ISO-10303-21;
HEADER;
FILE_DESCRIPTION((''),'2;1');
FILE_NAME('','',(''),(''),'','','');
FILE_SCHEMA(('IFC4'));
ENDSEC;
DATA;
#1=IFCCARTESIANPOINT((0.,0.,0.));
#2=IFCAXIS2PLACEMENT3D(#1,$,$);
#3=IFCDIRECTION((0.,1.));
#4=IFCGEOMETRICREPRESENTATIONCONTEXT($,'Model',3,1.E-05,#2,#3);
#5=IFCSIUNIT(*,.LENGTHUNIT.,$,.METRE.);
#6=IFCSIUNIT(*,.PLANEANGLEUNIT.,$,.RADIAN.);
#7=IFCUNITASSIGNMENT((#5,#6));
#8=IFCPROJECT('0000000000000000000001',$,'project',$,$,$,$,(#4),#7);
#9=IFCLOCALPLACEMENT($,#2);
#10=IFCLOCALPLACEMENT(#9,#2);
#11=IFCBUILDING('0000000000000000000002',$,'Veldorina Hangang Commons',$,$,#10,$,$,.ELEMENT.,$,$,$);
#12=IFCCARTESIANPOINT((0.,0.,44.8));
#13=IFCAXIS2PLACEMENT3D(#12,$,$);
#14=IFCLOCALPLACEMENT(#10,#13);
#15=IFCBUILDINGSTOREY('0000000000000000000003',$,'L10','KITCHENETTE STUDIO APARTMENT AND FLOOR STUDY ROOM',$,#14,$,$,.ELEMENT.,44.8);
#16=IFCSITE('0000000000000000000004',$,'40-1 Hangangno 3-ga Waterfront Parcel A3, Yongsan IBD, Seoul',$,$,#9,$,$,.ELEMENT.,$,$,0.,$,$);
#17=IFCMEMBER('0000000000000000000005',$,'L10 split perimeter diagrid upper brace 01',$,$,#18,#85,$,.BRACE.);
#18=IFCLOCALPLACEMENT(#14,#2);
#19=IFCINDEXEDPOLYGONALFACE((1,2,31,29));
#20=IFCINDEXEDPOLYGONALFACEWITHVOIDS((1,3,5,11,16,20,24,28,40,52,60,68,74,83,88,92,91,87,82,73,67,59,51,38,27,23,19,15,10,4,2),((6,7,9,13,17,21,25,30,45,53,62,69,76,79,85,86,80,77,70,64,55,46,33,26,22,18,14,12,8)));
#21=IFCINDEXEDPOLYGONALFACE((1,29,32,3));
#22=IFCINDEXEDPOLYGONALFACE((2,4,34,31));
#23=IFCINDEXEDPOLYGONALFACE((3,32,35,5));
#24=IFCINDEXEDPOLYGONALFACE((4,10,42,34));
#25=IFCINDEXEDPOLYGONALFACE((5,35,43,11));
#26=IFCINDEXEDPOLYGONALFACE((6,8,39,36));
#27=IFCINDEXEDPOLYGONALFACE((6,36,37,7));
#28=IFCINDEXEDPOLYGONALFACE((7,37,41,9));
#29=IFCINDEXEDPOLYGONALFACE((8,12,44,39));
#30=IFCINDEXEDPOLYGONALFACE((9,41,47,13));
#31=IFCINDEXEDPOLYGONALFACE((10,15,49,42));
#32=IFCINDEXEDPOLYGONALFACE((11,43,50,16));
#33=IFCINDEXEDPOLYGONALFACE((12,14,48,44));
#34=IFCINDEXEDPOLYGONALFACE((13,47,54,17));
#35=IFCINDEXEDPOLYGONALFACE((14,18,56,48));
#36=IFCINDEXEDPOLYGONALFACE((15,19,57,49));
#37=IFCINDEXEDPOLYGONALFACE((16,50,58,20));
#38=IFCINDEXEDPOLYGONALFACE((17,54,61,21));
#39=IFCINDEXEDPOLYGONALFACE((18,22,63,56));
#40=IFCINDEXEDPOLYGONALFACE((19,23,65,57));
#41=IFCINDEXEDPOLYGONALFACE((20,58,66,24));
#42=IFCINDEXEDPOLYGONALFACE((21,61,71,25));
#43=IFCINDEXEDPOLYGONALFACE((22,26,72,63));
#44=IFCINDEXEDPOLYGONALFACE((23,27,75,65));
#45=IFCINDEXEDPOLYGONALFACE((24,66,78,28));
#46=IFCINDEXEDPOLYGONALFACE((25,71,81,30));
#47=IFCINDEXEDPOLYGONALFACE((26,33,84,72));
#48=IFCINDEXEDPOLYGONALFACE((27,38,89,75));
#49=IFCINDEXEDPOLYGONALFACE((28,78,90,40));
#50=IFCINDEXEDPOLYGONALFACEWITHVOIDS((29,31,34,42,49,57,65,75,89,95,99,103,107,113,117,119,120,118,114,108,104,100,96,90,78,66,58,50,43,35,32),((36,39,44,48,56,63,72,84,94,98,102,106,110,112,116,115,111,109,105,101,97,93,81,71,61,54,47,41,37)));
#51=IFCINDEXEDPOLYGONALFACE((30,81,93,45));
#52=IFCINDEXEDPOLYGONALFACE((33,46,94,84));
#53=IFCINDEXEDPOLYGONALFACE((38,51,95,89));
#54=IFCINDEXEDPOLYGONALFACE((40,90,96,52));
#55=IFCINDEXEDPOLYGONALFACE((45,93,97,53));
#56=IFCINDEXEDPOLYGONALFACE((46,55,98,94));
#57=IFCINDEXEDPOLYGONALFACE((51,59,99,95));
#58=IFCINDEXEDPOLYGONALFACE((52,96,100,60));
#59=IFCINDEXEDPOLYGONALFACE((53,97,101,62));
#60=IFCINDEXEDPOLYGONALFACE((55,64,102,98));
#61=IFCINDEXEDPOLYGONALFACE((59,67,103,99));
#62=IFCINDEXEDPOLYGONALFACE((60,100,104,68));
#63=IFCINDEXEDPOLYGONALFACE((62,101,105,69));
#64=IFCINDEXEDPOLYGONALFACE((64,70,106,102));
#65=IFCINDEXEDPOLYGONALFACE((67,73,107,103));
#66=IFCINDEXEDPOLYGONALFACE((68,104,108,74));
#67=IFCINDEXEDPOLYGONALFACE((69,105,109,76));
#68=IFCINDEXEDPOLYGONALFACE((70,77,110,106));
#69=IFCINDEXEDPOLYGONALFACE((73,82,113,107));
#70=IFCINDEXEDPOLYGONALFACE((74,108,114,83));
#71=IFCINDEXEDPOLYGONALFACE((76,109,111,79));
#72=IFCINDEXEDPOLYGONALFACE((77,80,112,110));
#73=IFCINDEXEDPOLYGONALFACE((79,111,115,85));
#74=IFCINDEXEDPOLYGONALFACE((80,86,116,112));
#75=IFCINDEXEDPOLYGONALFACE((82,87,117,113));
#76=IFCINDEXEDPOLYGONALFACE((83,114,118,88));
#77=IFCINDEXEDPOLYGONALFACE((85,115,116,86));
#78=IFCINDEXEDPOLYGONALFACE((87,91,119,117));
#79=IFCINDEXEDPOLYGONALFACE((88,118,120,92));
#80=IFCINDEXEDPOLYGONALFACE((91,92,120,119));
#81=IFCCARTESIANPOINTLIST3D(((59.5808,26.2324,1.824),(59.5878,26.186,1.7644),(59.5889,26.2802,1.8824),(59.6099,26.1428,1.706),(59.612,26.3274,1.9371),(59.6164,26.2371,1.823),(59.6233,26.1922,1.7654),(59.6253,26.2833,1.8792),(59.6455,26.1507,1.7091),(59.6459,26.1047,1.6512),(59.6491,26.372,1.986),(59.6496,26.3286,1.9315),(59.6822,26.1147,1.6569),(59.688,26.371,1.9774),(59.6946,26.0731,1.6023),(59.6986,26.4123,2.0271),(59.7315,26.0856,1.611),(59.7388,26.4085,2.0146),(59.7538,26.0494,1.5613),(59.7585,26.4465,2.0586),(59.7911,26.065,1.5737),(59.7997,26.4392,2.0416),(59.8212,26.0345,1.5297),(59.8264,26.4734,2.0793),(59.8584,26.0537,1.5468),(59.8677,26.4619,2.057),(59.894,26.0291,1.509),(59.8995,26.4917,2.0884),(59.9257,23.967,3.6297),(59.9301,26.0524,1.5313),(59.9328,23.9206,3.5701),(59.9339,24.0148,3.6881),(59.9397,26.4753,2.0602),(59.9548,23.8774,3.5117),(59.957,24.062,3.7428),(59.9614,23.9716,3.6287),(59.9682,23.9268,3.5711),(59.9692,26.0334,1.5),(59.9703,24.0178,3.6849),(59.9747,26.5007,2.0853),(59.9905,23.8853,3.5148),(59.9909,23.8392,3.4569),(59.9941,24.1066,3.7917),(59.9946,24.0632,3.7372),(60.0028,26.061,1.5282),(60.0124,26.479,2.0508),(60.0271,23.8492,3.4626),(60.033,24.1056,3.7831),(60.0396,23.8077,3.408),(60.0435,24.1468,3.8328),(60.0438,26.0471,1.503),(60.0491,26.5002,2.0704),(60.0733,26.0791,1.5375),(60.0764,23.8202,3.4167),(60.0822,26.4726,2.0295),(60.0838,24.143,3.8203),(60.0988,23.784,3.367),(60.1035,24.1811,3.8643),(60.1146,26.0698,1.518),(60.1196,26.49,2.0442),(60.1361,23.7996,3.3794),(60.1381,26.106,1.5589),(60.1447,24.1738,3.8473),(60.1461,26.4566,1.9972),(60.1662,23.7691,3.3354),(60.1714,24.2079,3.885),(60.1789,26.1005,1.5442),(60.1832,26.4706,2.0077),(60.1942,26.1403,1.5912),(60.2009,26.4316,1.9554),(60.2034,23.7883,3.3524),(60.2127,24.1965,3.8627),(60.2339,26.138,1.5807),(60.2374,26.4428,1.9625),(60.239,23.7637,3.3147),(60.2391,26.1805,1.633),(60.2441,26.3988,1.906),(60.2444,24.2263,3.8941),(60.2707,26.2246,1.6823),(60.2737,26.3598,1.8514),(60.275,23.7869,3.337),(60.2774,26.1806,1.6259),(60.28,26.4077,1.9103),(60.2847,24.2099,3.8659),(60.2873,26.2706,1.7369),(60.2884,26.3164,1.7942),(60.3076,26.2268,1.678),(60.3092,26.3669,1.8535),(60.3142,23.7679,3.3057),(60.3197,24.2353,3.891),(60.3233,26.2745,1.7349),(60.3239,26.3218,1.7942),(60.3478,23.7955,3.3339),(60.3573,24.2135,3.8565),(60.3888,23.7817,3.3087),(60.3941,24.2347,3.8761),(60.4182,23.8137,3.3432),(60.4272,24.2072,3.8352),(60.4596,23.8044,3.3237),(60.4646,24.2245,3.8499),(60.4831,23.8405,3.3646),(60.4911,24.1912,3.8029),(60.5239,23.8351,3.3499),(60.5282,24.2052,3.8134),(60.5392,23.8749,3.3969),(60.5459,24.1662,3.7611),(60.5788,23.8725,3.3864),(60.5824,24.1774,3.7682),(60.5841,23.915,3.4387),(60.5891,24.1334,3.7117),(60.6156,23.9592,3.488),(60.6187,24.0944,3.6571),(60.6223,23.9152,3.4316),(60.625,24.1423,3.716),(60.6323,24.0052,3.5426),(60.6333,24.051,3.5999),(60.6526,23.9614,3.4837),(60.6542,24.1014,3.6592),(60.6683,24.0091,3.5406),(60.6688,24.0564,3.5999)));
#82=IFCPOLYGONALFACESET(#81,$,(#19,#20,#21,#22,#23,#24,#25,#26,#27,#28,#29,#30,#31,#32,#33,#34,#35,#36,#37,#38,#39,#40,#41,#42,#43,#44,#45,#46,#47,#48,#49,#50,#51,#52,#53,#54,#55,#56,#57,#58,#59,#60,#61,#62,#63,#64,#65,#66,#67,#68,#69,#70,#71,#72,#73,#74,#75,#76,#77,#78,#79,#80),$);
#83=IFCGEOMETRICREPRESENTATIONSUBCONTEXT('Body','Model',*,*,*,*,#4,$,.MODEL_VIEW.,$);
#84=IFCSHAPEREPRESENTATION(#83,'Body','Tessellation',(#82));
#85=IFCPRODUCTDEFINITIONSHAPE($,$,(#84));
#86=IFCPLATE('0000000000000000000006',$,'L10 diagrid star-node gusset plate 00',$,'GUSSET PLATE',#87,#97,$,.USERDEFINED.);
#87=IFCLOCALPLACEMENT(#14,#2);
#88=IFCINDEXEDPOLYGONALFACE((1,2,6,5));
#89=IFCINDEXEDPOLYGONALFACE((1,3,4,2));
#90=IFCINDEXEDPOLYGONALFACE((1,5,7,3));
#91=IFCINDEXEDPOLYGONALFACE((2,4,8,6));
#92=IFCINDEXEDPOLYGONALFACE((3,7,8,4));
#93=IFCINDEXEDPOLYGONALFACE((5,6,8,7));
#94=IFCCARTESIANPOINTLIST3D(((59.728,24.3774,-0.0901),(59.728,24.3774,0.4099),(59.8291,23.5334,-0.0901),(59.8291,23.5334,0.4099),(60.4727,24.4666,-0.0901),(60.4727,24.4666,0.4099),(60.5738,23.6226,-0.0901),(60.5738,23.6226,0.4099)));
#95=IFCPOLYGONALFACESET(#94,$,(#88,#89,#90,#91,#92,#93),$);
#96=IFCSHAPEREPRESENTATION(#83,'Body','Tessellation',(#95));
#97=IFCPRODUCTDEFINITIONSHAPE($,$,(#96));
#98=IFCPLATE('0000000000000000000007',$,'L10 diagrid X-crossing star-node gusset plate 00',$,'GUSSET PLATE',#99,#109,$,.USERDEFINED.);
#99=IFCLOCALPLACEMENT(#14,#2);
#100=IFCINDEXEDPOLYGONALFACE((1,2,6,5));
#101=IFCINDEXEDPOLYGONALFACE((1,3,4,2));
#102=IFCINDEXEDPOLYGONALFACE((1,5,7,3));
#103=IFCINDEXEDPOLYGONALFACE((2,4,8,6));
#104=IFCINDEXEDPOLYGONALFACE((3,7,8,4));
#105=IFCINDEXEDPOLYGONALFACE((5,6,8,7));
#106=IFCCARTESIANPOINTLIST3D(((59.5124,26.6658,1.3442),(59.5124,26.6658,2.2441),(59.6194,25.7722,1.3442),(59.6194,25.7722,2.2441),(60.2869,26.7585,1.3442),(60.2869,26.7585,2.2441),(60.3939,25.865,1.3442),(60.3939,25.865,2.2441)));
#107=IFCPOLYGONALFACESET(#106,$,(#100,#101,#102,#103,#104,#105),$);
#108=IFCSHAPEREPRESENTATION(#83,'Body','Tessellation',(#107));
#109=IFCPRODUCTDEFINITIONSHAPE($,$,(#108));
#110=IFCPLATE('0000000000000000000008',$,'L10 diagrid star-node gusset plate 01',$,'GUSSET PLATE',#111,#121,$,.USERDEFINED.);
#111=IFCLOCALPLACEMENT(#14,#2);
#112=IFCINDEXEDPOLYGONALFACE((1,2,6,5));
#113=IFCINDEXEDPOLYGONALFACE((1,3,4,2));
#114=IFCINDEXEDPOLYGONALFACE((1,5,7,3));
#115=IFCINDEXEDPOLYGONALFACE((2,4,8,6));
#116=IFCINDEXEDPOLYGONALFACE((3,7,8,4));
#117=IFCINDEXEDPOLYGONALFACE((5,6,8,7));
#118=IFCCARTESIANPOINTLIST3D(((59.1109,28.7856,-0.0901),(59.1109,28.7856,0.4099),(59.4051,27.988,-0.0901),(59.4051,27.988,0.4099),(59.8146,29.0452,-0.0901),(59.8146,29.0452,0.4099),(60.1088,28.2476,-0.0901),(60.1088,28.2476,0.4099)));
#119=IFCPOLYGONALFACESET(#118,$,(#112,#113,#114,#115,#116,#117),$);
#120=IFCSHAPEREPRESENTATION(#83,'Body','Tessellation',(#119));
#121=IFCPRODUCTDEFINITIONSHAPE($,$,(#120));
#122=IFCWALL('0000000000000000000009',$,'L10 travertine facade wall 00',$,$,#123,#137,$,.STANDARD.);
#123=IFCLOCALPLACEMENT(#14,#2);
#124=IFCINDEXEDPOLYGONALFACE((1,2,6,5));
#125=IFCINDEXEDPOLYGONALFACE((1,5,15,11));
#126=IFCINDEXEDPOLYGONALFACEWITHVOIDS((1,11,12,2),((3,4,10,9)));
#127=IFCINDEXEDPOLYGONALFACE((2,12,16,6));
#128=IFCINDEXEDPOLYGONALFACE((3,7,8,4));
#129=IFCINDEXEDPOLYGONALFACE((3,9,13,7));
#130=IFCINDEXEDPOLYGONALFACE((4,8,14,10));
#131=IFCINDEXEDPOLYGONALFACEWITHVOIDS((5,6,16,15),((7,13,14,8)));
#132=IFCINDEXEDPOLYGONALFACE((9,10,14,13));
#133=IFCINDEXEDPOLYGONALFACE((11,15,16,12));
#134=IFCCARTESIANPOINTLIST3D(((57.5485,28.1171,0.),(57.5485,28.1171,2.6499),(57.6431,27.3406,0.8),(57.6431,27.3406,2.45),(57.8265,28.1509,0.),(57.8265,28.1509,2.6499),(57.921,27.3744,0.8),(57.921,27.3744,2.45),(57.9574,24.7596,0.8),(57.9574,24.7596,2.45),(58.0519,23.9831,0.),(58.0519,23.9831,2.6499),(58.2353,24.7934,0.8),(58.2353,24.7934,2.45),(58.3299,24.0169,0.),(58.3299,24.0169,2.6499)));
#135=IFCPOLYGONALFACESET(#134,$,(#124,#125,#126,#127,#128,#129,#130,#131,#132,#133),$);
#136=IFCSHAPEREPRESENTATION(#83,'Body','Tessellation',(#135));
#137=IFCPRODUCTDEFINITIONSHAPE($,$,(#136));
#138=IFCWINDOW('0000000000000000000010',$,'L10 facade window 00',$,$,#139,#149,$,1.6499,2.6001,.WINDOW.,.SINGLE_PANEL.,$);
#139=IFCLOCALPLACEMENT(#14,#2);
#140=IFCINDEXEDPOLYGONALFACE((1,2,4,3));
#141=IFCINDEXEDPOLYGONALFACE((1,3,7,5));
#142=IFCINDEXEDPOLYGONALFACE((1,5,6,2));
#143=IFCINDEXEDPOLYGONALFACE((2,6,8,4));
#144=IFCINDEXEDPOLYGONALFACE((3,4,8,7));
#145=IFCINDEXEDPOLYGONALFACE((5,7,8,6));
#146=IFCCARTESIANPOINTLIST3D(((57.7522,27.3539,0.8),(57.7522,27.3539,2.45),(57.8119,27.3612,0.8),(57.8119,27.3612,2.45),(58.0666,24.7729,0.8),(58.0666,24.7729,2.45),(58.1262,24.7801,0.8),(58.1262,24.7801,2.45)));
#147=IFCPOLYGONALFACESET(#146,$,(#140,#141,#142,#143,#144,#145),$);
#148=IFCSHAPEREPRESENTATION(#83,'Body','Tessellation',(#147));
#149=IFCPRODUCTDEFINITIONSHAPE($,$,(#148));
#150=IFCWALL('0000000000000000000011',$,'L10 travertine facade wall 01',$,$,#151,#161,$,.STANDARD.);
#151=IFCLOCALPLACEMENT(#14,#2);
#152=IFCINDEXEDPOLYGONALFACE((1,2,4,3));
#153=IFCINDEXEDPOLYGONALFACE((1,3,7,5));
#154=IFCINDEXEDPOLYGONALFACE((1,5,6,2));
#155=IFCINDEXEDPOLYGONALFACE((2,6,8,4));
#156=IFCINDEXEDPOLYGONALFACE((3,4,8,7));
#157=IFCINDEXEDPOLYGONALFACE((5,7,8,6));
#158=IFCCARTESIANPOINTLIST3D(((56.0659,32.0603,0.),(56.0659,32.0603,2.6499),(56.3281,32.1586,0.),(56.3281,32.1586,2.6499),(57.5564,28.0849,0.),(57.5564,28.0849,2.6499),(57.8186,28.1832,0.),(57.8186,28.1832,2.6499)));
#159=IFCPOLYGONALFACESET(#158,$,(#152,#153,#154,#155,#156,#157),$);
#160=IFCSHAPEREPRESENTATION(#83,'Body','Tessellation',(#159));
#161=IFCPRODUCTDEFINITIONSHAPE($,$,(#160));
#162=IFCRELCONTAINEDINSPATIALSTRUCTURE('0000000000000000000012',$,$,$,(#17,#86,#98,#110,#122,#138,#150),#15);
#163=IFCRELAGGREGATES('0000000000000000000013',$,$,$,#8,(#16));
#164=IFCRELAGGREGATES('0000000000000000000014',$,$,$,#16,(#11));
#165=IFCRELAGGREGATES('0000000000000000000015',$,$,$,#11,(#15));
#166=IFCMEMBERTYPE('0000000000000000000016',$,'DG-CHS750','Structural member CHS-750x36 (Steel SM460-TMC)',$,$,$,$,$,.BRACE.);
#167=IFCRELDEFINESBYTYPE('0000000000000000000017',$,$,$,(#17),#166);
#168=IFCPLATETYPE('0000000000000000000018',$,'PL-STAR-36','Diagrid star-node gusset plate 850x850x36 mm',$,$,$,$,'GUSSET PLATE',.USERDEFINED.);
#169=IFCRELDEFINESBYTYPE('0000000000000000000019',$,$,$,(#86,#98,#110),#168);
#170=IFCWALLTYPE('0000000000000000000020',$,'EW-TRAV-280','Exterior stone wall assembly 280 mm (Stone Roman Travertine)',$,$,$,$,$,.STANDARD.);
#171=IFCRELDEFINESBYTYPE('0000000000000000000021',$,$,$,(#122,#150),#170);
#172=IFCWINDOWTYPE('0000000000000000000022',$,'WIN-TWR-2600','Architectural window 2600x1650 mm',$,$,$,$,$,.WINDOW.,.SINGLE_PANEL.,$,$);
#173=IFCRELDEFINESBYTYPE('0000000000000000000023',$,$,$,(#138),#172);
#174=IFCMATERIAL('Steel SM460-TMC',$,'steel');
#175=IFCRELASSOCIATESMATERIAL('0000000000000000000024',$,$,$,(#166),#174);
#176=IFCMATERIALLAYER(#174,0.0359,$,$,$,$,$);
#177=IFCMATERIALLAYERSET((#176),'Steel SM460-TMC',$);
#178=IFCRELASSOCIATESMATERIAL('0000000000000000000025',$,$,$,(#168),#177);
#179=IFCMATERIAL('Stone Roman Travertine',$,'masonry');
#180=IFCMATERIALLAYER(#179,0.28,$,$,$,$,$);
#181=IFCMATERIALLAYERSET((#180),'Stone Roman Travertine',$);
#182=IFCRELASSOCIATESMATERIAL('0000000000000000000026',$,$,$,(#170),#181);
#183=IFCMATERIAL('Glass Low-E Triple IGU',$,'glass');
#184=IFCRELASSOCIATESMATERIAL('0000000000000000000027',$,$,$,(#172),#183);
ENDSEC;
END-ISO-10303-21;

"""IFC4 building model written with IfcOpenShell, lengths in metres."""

from ifc_helpers import new_model, si_unit, direction, frame, frame_2d, origin, origin_2d, place, context, subcontext, project, spatial, rectangle, hollow_circle, extrude, material, layer, layer_set, material_profile, profile_set, type_object, element, fill, save


model = new_model("IFC4")

# Units and contexts
model_context = context("Model", 3, precision=1e-05, world=origin(), true_north=direction((0.0, 1.0)))
body_context = subcontext(model_context, "Body", "Model", "MODEL_VIEW")
ifc_project = project(units=[si_unit("LENGTHUNIT", "METRE"), si_unit("PLANEANGLEUNIT", "RADIAN")], contexts=[model_context])

# Site, building, storey
site_placement = place(None, origin())
site = spatial("IfcSite", under=ifc_project, at=site_placement, Name="40-1 Hangangno 3-ga Waterfront Parcel A3, Yongsan IBD, Seoul", CompositionType="ELEMENT", RefElevation=0.0)
building_placement = place(site_placement, origin())
building = spatial("IfcBuilding", under=site, at=building_placement, Name="Veldorina Hangang Commons", CompositionType="ELEMENT")
storey_placement = place(building_placement, frame((0.0, 0.0, 44.8)))
storey = spatial("IfcBuildingStorey", under=building, at=storey_placement, Name="L10", Description="KITCHENETTE STUDIO APARTMENT AND FLOOR STUDY ROOM", CompositionType="ELEMENT", Elevation=44.8)

# Shared definitions
ifc_material_1 = material(Name="Steel SM460-TMC", Category="steel")

# Member
ifc_material_profile_1 = material_profile(ifc_material_1, hollow_circle(Radius=0.375, WallThickness=0.0359, at=origin_2d()), Name="CHS-750x36")
ifc_profile_set_1 = profile_set([ifc_material_profile_1], Name="Steel SM460-TMC")
member_type = type_object("IfcMemberType", Name="DG-CHS750", Description="Structural member CHS-750x36 (Steel SM460-TMC)", PredefinedType="BRACE", material=ifc_profile_set_1)
member_1_placement = place(storey_placement, frame((59.9531, 26.2654, 1.7942), z_axis=(0.118245, -0.7765, 0.618924), x_axis=(0.988603, 0.150544, 0.0)))
element("IfcMember", 1, at=member_1_placement, inside=storey, type_object=member_type, Name="L10 split perimeter diagrid upper brace 01", PredefinedType="BRACE", context=body_context, shape_type="SweptSolid", body=[
    extrude(hollow_circle(Radius=0.375, WallThickness=0.0359, at=origin_2d()), origin(), (0.0, 0.0, 1.0), 2.9175),
])

# Plates
ifc_layer_1 = layer(ifc_material_1, 0.0359)
ifc_layer_set_1 = layer_set([ifc_layer_1], Name="Steel SM460-TMC")
plate_type = type_object("IfcPlateType", Name="PL-STAR-36", Description="Diagrid star-node gusset plate 850x850x36 mm", ElementType="GUSSET PLATE", PredefinedType="USERDEFINED", material=ifc_layer_set_1)
plate_1_placement = place(storey_placement, frame((60.1509, 24.0, -0.0901), z_axis=(0.0, 0.0, 1.0), x_axis=(-0.118907, 0.992905, 0.0)))
element("IfcPlate", 2, at=plate_1_placement, inside=storey, type_object=plate_type, Name="L10 diagrid star-node gusset plate 00", ObjectType="GUSSET PLATE", PredefinedType="USERDEFINED", context=body_context, shape_type="SweptSolid", body=[
    extrude(rectangle(XDim=0.8501, YDim=0.75, at=origin_2d()), origin(), (0.0, 0.0, 1.0), 0.5),
])
plate_2_placement = place(storey_placement, frame((59.9531, 26.2654, 1.3442), z_axis=(0.0, 0.0, 1.0), x_axis=(-0.118907, 0.992905, 0.0)))
element("IfcPlate", 3, at=plate_2_placement, inside=storey, type_object=plate_type, Name="L10 diagrid X-crossing star-node gusset plate 00", ObjectType="GUSSET PLATE", PredefinedType="USERDEFINED", context=body_context, shape_type="SweptSolid", body=[
    extrude(rectangle(XDim=0.8999, YDim=0.78, at=origin_2d()), origin(), (0.0, 0.0, 1.0), 0.8999),
])
plate_3_placement = place(storey_placement, frame((59.6099, 28.5166, -0.0901), z_axis=(0.0, 0.0, 1.0), x_axis=(-0.346084, 0.938203, 0.0)))
element("IfcPlate", 4, at=plate_3_placement, inside=storey, type_object=plate_type, Name="L10 diagrid star-node gusset plate 01", ObjectType="GUSSET PLATE", PredefinedType="USERDEFINED", context=body_context, shape_type="SweptSolid", body=[
    extrude(rectangle(XDim=0.8501, YDim=0.75, at=origin_2d()), origin(), (0.0, 0.0, 1.0), 0.5),
])

# Wall, opening, window
ifc_material_2 = material(Name="Stone Roman Travertine", Category="masonry")
ifc_layer_2 = layer(ifc_material_2, 0.28)
ifc_layer_set_2 = layer_set([ifc_layer_2], Name="Stone Roman Travertine")
wall_type_1 = type_object("IfcWallType", Name="EW-TRAV-280", Description="Exterior stone wall assembly 280 mm (Stone Roman Travertine)", PredefinedType="STANDARD", material=ifc_layer_set_2)
wall_1_placement = place(storey_placement, frame((58.1909, 24.0, 0.0), z_axis=(0.0, 0.0, 1.0), x_axis=(-0.120881, 0.992667, 0.0)))
wall_1 = element("IfcWall", 5, at=wall_1_placement, inside=storey, type_object=wall_type_1, Name="L10 travertine facade wall 00", PredefinedType="STANDARD", context=body_context, shape_type="SweptSolid", body=[
    extrude(rectangle(XDim=4.1646, YDim=0.28, at=frame_2d((2.0823, 0.0))), origin(), (0.0, 0.0, 1.0), 2.6499),
])
opening_1_placement = place(wall_1_placement, frame((0.7822, 0.0, 0.8)))
opening_1 = element("IfcOpeningElement", 6, at=opening_1_placement, cuts=wall_1, PredefinedType="OPENING", context=body_context, shape_type="SweptSolid", body=[
    extrude(rectangle(XDim=2.6001, YDim=1.6499, at=frame_2d((1.3, 0.825))), frame((0.0, 0.1499, 0.0), z_axis=(0.0, -1.0, 0.0), x_axis=(1.0, 0.0, 0.0)), (0.0, 0.0, 1.0), 0.3),
])
ifc_material_3 = material(Name="Glass Low-E Triple IGU", Category="glass")
window_type = type_object("IfcWindowType", Name="WIN-TWR-2600", Description="Architectural window 2600x1650 mm", PartitioningType="SINGLE_PANEL", PredefinedType="WINDOW", material=ifc_material_3)
window_1_placement = place(opening_1_placement, origin())
window_1 = element("IfcWindow", 7, at=window_1_placement, inside=storey, type_object=window_type, Name="L10 facade window 00", OverallHeight=1.6499, OverallWidth=2.6001, PartitioningType="SINGLE_PANEL", PredefinedType="WINDOW", context=body_context, shape_type="SweptSolid", body=[
    extrude(rectangle(XDim=2.6001, YDim=1.6499, at=frame_2d((1.3, 0.825))), frame((0.0, 0.03, 0.0), z_axis=(0.0, -1.0, 0.0), x_axis=(1.0, 0.0, 0.0)), (0.0, 0.0, 1.0), 0.0601),
])
fill(opening_1, window_1)

# Wall
wall_2_placement = place(storey_placement, frame((57.6875, 28.134, 0.0), z_axis=(0.0, 0.0, 1.0), x_axis=(-0.351067, 0.93635, 0.0)))
element("IfcWall", 8, at=wall_2_placement, inside=storey, type_object=wall_type_1, Name="L10 travertine facade wall 01", PredefinedType="STANDARD", context=body_context, shape_type="SweptSolid", body=[
    extrude(rectangle(XDim=4.2456, YDim=0.28, at=frame_2d((2.1228, 0.0))), origin(), (0.0, 0.0, 1.0), 2.6499),
])

save(model, "model.ifc")
